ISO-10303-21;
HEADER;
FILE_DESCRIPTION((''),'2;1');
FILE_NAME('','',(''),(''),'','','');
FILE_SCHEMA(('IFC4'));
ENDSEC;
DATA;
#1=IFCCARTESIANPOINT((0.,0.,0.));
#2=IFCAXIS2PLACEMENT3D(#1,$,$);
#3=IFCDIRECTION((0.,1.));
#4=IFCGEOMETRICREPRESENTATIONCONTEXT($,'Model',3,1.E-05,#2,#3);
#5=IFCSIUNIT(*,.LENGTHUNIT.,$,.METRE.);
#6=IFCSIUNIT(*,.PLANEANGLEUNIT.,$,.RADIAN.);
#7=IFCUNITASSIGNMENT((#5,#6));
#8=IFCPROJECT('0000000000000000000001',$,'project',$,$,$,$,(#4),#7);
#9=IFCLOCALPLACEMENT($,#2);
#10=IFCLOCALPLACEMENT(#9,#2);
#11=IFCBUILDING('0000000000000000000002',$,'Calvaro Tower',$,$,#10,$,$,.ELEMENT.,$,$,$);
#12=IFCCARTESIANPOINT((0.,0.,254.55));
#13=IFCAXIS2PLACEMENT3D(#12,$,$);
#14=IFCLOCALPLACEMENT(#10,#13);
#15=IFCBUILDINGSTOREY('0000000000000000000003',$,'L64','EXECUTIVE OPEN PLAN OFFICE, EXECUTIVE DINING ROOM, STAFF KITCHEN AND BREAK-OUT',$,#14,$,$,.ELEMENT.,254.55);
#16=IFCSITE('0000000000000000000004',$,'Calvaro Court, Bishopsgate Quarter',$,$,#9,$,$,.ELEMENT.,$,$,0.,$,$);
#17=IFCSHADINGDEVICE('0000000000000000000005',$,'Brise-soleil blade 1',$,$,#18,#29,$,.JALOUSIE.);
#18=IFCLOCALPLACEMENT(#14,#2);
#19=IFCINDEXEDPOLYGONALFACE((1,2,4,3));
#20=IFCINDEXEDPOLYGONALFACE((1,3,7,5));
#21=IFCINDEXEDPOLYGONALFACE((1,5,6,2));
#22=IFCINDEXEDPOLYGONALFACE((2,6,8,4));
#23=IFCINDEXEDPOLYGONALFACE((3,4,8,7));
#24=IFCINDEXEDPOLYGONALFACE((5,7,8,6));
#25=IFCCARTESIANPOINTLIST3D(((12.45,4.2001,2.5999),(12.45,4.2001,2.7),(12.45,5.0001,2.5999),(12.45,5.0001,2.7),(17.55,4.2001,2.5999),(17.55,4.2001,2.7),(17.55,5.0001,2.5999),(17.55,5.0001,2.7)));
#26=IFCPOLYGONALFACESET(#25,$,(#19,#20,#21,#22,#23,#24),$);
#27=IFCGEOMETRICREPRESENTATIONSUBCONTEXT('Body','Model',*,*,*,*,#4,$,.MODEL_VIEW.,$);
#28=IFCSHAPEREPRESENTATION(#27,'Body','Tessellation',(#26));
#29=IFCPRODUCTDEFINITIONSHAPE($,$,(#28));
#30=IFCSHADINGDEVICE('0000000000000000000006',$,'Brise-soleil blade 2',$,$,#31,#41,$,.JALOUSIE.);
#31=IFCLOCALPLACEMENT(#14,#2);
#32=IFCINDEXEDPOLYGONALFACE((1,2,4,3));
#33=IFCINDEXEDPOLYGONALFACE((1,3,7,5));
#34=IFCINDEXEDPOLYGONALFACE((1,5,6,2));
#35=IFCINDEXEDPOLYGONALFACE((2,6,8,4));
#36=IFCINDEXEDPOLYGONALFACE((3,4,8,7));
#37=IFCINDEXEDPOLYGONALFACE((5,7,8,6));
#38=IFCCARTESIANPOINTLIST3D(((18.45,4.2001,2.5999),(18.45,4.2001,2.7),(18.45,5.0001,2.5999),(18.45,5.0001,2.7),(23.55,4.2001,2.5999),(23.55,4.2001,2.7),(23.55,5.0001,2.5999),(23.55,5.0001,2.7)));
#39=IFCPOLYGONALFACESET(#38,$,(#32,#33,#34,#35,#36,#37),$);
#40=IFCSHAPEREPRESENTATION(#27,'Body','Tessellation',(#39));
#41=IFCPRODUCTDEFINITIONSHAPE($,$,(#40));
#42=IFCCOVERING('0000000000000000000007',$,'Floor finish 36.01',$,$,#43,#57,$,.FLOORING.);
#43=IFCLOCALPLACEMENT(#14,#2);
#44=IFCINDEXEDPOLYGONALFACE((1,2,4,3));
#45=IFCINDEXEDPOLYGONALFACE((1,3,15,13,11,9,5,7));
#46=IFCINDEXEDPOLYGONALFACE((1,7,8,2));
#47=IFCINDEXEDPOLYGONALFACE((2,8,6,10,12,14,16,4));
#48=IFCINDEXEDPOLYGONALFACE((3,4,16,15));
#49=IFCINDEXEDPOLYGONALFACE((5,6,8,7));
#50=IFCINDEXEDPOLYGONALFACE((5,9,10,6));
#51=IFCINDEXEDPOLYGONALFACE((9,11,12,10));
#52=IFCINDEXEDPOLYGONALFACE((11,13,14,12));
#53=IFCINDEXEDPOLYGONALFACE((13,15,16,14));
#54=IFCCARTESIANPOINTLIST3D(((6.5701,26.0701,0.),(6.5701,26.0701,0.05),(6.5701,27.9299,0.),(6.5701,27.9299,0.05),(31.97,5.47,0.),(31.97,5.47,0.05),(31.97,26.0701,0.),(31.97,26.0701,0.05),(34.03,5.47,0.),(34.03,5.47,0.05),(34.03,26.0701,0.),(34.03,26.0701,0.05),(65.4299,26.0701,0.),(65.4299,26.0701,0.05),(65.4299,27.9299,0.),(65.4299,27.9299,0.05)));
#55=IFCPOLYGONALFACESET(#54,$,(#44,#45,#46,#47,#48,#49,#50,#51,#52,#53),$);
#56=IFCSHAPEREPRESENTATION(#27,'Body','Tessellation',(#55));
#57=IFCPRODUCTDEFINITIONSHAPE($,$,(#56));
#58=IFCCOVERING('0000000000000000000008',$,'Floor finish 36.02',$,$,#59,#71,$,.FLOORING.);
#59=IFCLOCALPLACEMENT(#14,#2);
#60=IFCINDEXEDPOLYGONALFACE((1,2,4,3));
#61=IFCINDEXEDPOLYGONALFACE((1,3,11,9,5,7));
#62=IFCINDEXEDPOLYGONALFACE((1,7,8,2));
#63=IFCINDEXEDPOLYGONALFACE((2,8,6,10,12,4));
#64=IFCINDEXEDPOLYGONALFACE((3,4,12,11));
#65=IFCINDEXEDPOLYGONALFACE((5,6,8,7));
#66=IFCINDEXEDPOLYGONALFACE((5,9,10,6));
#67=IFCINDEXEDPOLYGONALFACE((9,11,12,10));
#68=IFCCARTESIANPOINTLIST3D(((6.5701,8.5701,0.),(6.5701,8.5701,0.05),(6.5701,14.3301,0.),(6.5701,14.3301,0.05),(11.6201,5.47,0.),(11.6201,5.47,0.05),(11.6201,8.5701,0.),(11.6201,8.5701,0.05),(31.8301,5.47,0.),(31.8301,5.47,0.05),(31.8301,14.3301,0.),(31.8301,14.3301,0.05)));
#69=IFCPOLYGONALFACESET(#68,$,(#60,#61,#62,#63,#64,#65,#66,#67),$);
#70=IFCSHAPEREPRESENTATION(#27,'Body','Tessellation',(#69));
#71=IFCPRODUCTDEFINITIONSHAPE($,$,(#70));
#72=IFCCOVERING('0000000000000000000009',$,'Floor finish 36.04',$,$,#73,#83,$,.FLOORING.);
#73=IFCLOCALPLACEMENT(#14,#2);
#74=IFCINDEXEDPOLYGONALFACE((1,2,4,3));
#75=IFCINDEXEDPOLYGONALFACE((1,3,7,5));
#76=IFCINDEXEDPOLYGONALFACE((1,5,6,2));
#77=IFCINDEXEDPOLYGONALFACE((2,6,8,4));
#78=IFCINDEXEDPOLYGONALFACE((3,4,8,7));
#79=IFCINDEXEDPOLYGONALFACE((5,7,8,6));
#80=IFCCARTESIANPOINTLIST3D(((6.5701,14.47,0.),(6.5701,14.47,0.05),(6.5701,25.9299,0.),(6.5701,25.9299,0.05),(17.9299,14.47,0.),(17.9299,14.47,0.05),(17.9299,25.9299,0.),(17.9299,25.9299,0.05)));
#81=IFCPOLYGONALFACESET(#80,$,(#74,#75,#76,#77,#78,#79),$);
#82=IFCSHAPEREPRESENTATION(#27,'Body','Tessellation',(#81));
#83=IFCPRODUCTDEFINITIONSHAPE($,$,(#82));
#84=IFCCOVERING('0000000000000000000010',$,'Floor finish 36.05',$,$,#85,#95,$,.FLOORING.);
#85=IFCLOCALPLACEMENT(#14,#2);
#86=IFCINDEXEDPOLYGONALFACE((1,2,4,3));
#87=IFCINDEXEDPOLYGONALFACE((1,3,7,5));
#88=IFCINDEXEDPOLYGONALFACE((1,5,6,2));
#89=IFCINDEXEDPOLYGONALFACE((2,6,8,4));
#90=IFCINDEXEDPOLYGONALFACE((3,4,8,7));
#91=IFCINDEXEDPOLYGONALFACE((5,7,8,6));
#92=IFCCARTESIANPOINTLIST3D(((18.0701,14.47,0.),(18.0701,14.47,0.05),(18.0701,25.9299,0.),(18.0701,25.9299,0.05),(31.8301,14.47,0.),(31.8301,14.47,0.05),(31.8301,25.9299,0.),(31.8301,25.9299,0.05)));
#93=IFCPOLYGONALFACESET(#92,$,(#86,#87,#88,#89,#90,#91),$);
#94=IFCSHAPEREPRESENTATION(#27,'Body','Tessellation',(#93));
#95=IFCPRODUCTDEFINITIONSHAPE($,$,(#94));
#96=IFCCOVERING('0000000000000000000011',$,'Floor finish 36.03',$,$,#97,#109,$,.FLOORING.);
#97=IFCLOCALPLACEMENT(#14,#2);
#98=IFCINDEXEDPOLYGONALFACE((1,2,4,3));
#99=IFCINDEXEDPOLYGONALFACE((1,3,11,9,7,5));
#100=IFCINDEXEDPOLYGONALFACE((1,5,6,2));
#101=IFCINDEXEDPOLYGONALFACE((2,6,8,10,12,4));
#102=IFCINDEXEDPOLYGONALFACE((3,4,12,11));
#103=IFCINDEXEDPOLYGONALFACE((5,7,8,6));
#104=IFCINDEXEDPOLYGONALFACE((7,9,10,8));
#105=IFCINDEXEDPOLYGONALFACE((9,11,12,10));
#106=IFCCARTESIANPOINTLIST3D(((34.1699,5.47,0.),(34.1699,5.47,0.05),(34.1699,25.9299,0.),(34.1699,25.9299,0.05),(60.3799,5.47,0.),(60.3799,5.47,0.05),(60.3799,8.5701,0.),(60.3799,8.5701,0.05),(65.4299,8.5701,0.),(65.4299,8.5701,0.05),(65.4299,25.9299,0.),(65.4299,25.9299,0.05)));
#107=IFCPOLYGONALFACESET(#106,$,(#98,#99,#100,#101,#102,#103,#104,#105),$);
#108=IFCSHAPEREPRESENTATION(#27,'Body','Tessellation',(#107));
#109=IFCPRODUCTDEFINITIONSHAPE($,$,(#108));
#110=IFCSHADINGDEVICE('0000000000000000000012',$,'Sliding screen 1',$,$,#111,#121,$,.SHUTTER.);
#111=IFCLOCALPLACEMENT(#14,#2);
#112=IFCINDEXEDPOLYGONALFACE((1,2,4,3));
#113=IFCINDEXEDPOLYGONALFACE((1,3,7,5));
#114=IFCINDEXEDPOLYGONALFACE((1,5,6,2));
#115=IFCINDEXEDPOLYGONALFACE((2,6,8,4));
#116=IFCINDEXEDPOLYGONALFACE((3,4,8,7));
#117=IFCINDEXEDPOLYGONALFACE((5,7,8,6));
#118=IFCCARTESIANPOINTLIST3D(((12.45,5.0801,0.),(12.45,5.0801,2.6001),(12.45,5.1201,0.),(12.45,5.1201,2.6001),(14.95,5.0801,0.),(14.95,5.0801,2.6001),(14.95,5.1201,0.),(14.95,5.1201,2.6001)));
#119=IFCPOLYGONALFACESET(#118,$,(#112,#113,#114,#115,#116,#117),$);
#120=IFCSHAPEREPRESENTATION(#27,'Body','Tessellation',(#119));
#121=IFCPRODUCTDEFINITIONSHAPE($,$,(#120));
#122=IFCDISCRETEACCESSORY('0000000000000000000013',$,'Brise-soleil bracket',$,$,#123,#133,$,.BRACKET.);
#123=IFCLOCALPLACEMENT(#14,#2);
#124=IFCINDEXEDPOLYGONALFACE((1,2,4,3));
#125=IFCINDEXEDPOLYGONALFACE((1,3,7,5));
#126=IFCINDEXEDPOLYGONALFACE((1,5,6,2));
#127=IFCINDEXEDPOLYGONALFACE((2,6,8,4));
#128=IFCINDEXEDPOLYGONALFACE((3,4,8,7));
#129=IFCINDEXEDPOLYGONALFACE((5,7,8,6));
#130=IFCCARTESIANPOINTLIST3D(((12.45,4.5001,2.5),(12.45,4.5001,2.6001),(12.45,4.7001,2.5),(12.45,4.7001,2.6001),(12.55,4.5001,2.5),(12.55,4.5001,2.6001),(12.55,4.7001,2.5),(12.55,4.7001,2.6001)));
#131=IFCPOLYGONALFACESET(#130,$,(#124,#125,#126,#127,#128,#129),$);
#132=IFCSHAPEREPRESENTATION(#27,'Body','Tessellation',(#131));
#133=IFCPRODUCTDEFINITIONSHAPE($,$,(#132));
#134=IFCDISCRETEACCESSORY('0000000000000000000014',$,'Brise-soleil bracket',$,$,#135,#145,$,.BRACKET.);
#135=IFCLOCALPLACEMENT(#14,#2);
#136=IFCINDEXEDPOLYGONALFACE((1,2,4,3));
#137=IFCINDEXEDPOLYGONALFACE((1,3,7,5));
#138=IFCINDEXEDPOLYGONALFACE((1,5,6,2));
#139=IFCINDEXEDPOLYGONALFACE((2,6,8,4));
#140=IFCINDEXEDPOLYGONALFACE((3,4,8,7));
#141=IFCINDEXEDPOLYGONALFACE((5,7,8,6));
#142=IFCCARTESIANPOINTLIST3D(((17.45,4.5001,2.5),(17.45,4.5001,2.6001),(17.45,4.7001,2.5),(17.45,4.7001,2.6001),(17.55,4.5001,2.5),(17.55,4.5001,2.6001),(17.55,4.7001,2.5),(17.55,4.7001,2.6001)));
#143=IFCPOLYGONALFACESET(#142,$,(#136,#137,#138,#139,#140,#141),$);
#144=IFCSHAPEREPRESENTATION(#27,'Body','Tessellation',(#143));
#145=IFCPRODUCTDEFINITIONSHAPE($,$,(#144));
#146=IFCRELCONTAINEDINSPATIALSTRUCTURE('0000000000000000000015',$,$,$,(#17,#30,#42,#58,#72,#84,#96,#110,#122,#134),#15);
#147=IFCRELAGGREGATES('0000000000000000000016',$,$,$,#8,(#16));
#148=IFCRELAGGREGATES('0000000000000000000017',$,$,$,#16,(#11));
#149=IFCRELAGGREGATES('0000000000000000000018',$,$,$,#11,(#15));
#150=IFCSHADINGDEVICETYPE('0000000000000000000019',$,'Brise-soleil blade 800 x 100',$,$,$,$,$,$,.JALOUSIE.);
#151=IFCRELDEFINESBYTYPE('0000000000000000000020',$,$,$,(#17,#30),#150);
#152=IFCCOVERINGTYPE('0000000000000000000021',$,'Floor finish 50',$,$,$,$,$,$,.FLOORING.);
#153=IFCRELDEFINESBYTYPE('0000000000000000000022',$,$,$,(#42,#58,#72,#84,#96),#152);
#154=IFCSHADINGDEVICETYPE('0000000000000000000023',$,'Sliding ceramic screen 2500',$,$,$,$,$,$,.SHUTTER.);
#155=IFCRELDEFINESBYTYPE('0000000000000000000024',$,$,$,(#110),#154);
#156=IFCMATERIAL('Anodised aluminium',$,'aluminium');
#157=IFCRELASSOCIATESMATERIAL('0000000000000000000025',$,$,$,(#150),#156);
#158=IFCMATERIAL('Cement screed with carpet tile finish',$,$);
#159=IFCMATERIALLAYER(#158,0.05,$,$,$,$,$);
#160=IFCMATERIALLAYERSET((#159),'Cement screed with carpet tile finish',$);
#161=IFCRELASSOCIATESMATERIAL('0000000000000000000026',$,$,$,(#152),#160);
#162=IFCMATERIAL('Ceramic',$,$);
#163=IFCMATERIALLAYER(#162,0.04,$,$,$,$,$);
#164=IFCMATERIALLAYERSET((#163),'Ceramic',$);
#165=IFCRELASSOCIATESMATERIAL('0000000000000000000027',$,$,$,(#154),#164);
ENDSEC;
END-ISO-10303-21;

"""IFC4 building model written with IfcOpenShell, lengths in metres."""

from ifc_helpers import new_model, si_unit, direction, frame, origin, origin_2d, place, context, subcontext, project, spatial, polyline, rectangle, outline, extrude, material, layer, layer_set, material_profile, profile_set, type_object, element, save


model = new_model("IFC4")

# Units and contexts
model_context = context("Model", 3, precision=1e-05, world=origin(), true_north=direction((0.0, 1.0)))
body_context = subcontext(model_context, "Body", "Model", "MODEL_VIEW")
ifc_project = project(units=[si_unit("LENGTHUNIT", "METRE"), si_unit("PLANEANGLEUNIT", "RADIAN")], contexts=[model_context])

# Site, building, storey
site_placement = place(None, origin())
site = spatial("IfcSite", under=ifc_project, at=site_placement, Name="Calvaro Court, Bishopsgate Quarter", CompositionType="ELEMENT", RefElevation=0.0)
building_placement = place(site_placement, origin())
building = spatial("IfcBuilding", under=site, at=building_placement, Name="Calvaro Tower", CompositionType="ELEMENT")
storey_placement = place(building_placement, frame((0.0, 0.0, 254.55)))
storey = spatial("IfcBuildingStorey", under=building, at=storey_placement, Name="L64", Description="EXECUTIVE OPEN PLAN OFFICE, EXECUTIVE DINING ROOM, STAFF KITCHEN AND BREAK-OUT", CompositionType="ELEMENT", Elevation=254.55)

# Shading devices
ifc_material_1 = material(Name="Anodised aluminium", Category="aluminium")
ifc_material_profile_1 = material_profile(ifc_material_1, rectangle(XDim=0.8, YDim=0.1001, at=origin_2d()), Name="Brise-soleil blade 800 x 100")
ifc_profile_set_1 = profile_set([ifc_material_profile_1], Name="Anodised aluminium")
shading_device_type_1 = type_object("IfcShadingDeviceType", Name="Brise-soleil blade 800 x 100", PredefinedType="JALOUSIE", material=ifc_profile_set_1)
for number, where, z_axis, x_axis, name in (
    (1, (12.45, 4.6001, 2.6499), (1.0, 0.0, 0.0), (0.0, 1.0, 0.0), "Brise-soleil blade 1"),
    (2, (18.45, 4.6001, 2.6499), (1.0, 0.0, 0.0), (0.0, 1.0, 0.0), "Brise-soleil blade 2"),
):
    element("IfcShadingDevice", number, at=place(storey_placement, frame(where, z_axis=z_axis, x_axis=x_axis)), inside=storey, type_object=shading_device_type_1, Name=name, PredefinedType="JALOUSIE", context=body_context, shape_type="SweptSolid", body=[
        extrude(rectangle(XDim=0.8, YDim=0.1001, at=origin_2d()), origin(), (0.0, 0.0, 1.0), 5.1001),
    ])

# Coverings
ifc_material_2 = material(Name="Cement screed with carpet tile finish")
ifc_layer_1 = layer(ifc_material_2, 0.05)
ifc_layer_set_1 = layer_set([ifc_layer_1], Name="Cement screed with carpet tile finish")
covering_type = type_object("IfcCoveringType", Name="Floor finish 50", PredefinedType="FLOORING", material=ifc_layer_set_1)
covering_1_placement = place(storey_placement, origin())
element("IfcCovering", 3, at=covering_1_placement, inside=storey, type_object=covering_type, Name="Floor finish 36.01", PredefinedType="FLOORING", context=body_context, shape_type="SweptSolid", body=[
    extrude(outline(polyline([(31.97, 5.47), (31.97, 26.0701), (6.5701, 26.0701), (6.5701, 27.9299), (65.4299, 27.9299), (65.4299, 26.0701), (34.03, 26.0701), (34.03, 5.47), (31.97, 5.47)])), origin(), (0.0, 0.0, 1.0), 0.05),
])
covering_2_placement = place(storey_placement, origin())
element("IfcCovering", 4, at=covering_2_placement, inside=storey, type_object=covering_type, Name="Floor finish 36.02", PredefinedType="FLOORING", context=body_context, shape_type="SweptSolid", body=[
    extrude(outline(polyline([(31.8301, 14.3301), (31.8301, 5.47), (11.6201, 5.47), (11.6201, 8.5701), (6.5701, 8.5701), (6.5701, 14.3301), (31.8301, 14.3301)])), origin(), (0.0, 0.0, 1.0), 0.05),
])
covering_3_placement = place(storey_placement, origin())
element("IfcCovering", 5, at=covering_3_placement, inside=storey, type_object=covering_type, Name="Floor finish 36.04", PredefinedType="FLOORING", context=body_context, shape_type="SweptSolid", body=[
    extrude(outline(polyline([(17.9299, 25.9299), (17.9299, 14.47), (6.5701, 14.47), (6.5701, 25.9299), (17.9299, 25.9299)])), origin(), (0.0, 0.0, 1.0), 0.05),
])
covering_4_placement = place(storey_placement, origin())
element("IfcCovering", 6, at=covering_4_placement, inside=storey, type_object=covering_type, Name="Floor finish 36.05", PredefinedType="FLOORING", context=body_context, shape_type="SweptSolid", body=[
    extrude(outline(polyline([(18.0701, 14.47), (18.0701, 25.9299), (31.8301, 25.9299), (31.8301, 14.47), (18.0701, 14.47)])), origin(), (0.0, 0.0, 1.0), 0.05),
])
covering_5_placement = place(storey_placement, origin())
element("IfcCovering", 7, at=covering_5_placement, inside=storey, type_object=covering_type, Name="Floor finish 36.03", PredefinedType="FLOORING", context=body_context, shape_type="SweptSolid", body=[
    extrude(outline(polyline([(65.4299, 8.5701), (60.3799, 8.5701), (60.3799, 5.47), (34.1699, 5.47), (34.1699, 25.9299), (65.4299, 25.9299), (65.4299, 8.5701)])), origin(), (0.0, 0.0, 1.0), 0.05),
])

# Shading device
ifc_material_3 = material(Name="Ceramic")
ifc_layer_2 = layer(ifc_material_3, 0.04)
ifc_layer_set_2 = layer_set([ifc_layer_2], Name="Ceramic")
shading_device_type_2 = type_object("IfcShadingDeviceType", Name="Sliding ceramic screen 2500", PredefinedType="SHUTTER", material=ifc_layer_set_2)
shading_device_placement = place(storey_placement, frame((13.7, 5.1001, 0.0), z_axis=(0.0, 0.0, 1.0), x_axis=(1.0, 0.0, 0.0)))
element("IfcShadingDevice", 8, at=shading_device_placement, inside=storey, type_object=shading_device_type_2, Name="Sliding screen 1", PredefinedType="SHUTTER", context=body_context, shape_type="SweptSolid", body=[
    extrude(rectangle(XDim=2.5, YDim=0.04, at=origin_2d()), origin(), (0.0, 0.0, 1.0), 2.6001),
])

# Discrete accessories
for number, where, z_axis, x_axis, name in (
    (9, (12.5, 4.6001, 2.5), (0.0, 0.0, 1.0), (1.0, 0.0, 0.0), "Brise-soleil bracket"),
    (10, (17.5, 4.6001, 2.5), (0.0, 0.0, 1.0), (1.0, 0.0, 0.0), "Brise-soleil bracket"),
):
    element("IfcDiscreteAccessory", number, at=place(storey_placement, frame(where, z_axis=z_axis, x_axis=x_axis)), inside=storey, Name=name, PredefinedType="BRACKET", context=body_context, shape_type="SweptSolid", body=[
        extrude(rectangle(XDim=0.1001, YDim=0.2, at=origin_2d()), origin(), (0.0, 0.0, 1.0), 0.1001),
    ])

save(model, "model.ifc")
